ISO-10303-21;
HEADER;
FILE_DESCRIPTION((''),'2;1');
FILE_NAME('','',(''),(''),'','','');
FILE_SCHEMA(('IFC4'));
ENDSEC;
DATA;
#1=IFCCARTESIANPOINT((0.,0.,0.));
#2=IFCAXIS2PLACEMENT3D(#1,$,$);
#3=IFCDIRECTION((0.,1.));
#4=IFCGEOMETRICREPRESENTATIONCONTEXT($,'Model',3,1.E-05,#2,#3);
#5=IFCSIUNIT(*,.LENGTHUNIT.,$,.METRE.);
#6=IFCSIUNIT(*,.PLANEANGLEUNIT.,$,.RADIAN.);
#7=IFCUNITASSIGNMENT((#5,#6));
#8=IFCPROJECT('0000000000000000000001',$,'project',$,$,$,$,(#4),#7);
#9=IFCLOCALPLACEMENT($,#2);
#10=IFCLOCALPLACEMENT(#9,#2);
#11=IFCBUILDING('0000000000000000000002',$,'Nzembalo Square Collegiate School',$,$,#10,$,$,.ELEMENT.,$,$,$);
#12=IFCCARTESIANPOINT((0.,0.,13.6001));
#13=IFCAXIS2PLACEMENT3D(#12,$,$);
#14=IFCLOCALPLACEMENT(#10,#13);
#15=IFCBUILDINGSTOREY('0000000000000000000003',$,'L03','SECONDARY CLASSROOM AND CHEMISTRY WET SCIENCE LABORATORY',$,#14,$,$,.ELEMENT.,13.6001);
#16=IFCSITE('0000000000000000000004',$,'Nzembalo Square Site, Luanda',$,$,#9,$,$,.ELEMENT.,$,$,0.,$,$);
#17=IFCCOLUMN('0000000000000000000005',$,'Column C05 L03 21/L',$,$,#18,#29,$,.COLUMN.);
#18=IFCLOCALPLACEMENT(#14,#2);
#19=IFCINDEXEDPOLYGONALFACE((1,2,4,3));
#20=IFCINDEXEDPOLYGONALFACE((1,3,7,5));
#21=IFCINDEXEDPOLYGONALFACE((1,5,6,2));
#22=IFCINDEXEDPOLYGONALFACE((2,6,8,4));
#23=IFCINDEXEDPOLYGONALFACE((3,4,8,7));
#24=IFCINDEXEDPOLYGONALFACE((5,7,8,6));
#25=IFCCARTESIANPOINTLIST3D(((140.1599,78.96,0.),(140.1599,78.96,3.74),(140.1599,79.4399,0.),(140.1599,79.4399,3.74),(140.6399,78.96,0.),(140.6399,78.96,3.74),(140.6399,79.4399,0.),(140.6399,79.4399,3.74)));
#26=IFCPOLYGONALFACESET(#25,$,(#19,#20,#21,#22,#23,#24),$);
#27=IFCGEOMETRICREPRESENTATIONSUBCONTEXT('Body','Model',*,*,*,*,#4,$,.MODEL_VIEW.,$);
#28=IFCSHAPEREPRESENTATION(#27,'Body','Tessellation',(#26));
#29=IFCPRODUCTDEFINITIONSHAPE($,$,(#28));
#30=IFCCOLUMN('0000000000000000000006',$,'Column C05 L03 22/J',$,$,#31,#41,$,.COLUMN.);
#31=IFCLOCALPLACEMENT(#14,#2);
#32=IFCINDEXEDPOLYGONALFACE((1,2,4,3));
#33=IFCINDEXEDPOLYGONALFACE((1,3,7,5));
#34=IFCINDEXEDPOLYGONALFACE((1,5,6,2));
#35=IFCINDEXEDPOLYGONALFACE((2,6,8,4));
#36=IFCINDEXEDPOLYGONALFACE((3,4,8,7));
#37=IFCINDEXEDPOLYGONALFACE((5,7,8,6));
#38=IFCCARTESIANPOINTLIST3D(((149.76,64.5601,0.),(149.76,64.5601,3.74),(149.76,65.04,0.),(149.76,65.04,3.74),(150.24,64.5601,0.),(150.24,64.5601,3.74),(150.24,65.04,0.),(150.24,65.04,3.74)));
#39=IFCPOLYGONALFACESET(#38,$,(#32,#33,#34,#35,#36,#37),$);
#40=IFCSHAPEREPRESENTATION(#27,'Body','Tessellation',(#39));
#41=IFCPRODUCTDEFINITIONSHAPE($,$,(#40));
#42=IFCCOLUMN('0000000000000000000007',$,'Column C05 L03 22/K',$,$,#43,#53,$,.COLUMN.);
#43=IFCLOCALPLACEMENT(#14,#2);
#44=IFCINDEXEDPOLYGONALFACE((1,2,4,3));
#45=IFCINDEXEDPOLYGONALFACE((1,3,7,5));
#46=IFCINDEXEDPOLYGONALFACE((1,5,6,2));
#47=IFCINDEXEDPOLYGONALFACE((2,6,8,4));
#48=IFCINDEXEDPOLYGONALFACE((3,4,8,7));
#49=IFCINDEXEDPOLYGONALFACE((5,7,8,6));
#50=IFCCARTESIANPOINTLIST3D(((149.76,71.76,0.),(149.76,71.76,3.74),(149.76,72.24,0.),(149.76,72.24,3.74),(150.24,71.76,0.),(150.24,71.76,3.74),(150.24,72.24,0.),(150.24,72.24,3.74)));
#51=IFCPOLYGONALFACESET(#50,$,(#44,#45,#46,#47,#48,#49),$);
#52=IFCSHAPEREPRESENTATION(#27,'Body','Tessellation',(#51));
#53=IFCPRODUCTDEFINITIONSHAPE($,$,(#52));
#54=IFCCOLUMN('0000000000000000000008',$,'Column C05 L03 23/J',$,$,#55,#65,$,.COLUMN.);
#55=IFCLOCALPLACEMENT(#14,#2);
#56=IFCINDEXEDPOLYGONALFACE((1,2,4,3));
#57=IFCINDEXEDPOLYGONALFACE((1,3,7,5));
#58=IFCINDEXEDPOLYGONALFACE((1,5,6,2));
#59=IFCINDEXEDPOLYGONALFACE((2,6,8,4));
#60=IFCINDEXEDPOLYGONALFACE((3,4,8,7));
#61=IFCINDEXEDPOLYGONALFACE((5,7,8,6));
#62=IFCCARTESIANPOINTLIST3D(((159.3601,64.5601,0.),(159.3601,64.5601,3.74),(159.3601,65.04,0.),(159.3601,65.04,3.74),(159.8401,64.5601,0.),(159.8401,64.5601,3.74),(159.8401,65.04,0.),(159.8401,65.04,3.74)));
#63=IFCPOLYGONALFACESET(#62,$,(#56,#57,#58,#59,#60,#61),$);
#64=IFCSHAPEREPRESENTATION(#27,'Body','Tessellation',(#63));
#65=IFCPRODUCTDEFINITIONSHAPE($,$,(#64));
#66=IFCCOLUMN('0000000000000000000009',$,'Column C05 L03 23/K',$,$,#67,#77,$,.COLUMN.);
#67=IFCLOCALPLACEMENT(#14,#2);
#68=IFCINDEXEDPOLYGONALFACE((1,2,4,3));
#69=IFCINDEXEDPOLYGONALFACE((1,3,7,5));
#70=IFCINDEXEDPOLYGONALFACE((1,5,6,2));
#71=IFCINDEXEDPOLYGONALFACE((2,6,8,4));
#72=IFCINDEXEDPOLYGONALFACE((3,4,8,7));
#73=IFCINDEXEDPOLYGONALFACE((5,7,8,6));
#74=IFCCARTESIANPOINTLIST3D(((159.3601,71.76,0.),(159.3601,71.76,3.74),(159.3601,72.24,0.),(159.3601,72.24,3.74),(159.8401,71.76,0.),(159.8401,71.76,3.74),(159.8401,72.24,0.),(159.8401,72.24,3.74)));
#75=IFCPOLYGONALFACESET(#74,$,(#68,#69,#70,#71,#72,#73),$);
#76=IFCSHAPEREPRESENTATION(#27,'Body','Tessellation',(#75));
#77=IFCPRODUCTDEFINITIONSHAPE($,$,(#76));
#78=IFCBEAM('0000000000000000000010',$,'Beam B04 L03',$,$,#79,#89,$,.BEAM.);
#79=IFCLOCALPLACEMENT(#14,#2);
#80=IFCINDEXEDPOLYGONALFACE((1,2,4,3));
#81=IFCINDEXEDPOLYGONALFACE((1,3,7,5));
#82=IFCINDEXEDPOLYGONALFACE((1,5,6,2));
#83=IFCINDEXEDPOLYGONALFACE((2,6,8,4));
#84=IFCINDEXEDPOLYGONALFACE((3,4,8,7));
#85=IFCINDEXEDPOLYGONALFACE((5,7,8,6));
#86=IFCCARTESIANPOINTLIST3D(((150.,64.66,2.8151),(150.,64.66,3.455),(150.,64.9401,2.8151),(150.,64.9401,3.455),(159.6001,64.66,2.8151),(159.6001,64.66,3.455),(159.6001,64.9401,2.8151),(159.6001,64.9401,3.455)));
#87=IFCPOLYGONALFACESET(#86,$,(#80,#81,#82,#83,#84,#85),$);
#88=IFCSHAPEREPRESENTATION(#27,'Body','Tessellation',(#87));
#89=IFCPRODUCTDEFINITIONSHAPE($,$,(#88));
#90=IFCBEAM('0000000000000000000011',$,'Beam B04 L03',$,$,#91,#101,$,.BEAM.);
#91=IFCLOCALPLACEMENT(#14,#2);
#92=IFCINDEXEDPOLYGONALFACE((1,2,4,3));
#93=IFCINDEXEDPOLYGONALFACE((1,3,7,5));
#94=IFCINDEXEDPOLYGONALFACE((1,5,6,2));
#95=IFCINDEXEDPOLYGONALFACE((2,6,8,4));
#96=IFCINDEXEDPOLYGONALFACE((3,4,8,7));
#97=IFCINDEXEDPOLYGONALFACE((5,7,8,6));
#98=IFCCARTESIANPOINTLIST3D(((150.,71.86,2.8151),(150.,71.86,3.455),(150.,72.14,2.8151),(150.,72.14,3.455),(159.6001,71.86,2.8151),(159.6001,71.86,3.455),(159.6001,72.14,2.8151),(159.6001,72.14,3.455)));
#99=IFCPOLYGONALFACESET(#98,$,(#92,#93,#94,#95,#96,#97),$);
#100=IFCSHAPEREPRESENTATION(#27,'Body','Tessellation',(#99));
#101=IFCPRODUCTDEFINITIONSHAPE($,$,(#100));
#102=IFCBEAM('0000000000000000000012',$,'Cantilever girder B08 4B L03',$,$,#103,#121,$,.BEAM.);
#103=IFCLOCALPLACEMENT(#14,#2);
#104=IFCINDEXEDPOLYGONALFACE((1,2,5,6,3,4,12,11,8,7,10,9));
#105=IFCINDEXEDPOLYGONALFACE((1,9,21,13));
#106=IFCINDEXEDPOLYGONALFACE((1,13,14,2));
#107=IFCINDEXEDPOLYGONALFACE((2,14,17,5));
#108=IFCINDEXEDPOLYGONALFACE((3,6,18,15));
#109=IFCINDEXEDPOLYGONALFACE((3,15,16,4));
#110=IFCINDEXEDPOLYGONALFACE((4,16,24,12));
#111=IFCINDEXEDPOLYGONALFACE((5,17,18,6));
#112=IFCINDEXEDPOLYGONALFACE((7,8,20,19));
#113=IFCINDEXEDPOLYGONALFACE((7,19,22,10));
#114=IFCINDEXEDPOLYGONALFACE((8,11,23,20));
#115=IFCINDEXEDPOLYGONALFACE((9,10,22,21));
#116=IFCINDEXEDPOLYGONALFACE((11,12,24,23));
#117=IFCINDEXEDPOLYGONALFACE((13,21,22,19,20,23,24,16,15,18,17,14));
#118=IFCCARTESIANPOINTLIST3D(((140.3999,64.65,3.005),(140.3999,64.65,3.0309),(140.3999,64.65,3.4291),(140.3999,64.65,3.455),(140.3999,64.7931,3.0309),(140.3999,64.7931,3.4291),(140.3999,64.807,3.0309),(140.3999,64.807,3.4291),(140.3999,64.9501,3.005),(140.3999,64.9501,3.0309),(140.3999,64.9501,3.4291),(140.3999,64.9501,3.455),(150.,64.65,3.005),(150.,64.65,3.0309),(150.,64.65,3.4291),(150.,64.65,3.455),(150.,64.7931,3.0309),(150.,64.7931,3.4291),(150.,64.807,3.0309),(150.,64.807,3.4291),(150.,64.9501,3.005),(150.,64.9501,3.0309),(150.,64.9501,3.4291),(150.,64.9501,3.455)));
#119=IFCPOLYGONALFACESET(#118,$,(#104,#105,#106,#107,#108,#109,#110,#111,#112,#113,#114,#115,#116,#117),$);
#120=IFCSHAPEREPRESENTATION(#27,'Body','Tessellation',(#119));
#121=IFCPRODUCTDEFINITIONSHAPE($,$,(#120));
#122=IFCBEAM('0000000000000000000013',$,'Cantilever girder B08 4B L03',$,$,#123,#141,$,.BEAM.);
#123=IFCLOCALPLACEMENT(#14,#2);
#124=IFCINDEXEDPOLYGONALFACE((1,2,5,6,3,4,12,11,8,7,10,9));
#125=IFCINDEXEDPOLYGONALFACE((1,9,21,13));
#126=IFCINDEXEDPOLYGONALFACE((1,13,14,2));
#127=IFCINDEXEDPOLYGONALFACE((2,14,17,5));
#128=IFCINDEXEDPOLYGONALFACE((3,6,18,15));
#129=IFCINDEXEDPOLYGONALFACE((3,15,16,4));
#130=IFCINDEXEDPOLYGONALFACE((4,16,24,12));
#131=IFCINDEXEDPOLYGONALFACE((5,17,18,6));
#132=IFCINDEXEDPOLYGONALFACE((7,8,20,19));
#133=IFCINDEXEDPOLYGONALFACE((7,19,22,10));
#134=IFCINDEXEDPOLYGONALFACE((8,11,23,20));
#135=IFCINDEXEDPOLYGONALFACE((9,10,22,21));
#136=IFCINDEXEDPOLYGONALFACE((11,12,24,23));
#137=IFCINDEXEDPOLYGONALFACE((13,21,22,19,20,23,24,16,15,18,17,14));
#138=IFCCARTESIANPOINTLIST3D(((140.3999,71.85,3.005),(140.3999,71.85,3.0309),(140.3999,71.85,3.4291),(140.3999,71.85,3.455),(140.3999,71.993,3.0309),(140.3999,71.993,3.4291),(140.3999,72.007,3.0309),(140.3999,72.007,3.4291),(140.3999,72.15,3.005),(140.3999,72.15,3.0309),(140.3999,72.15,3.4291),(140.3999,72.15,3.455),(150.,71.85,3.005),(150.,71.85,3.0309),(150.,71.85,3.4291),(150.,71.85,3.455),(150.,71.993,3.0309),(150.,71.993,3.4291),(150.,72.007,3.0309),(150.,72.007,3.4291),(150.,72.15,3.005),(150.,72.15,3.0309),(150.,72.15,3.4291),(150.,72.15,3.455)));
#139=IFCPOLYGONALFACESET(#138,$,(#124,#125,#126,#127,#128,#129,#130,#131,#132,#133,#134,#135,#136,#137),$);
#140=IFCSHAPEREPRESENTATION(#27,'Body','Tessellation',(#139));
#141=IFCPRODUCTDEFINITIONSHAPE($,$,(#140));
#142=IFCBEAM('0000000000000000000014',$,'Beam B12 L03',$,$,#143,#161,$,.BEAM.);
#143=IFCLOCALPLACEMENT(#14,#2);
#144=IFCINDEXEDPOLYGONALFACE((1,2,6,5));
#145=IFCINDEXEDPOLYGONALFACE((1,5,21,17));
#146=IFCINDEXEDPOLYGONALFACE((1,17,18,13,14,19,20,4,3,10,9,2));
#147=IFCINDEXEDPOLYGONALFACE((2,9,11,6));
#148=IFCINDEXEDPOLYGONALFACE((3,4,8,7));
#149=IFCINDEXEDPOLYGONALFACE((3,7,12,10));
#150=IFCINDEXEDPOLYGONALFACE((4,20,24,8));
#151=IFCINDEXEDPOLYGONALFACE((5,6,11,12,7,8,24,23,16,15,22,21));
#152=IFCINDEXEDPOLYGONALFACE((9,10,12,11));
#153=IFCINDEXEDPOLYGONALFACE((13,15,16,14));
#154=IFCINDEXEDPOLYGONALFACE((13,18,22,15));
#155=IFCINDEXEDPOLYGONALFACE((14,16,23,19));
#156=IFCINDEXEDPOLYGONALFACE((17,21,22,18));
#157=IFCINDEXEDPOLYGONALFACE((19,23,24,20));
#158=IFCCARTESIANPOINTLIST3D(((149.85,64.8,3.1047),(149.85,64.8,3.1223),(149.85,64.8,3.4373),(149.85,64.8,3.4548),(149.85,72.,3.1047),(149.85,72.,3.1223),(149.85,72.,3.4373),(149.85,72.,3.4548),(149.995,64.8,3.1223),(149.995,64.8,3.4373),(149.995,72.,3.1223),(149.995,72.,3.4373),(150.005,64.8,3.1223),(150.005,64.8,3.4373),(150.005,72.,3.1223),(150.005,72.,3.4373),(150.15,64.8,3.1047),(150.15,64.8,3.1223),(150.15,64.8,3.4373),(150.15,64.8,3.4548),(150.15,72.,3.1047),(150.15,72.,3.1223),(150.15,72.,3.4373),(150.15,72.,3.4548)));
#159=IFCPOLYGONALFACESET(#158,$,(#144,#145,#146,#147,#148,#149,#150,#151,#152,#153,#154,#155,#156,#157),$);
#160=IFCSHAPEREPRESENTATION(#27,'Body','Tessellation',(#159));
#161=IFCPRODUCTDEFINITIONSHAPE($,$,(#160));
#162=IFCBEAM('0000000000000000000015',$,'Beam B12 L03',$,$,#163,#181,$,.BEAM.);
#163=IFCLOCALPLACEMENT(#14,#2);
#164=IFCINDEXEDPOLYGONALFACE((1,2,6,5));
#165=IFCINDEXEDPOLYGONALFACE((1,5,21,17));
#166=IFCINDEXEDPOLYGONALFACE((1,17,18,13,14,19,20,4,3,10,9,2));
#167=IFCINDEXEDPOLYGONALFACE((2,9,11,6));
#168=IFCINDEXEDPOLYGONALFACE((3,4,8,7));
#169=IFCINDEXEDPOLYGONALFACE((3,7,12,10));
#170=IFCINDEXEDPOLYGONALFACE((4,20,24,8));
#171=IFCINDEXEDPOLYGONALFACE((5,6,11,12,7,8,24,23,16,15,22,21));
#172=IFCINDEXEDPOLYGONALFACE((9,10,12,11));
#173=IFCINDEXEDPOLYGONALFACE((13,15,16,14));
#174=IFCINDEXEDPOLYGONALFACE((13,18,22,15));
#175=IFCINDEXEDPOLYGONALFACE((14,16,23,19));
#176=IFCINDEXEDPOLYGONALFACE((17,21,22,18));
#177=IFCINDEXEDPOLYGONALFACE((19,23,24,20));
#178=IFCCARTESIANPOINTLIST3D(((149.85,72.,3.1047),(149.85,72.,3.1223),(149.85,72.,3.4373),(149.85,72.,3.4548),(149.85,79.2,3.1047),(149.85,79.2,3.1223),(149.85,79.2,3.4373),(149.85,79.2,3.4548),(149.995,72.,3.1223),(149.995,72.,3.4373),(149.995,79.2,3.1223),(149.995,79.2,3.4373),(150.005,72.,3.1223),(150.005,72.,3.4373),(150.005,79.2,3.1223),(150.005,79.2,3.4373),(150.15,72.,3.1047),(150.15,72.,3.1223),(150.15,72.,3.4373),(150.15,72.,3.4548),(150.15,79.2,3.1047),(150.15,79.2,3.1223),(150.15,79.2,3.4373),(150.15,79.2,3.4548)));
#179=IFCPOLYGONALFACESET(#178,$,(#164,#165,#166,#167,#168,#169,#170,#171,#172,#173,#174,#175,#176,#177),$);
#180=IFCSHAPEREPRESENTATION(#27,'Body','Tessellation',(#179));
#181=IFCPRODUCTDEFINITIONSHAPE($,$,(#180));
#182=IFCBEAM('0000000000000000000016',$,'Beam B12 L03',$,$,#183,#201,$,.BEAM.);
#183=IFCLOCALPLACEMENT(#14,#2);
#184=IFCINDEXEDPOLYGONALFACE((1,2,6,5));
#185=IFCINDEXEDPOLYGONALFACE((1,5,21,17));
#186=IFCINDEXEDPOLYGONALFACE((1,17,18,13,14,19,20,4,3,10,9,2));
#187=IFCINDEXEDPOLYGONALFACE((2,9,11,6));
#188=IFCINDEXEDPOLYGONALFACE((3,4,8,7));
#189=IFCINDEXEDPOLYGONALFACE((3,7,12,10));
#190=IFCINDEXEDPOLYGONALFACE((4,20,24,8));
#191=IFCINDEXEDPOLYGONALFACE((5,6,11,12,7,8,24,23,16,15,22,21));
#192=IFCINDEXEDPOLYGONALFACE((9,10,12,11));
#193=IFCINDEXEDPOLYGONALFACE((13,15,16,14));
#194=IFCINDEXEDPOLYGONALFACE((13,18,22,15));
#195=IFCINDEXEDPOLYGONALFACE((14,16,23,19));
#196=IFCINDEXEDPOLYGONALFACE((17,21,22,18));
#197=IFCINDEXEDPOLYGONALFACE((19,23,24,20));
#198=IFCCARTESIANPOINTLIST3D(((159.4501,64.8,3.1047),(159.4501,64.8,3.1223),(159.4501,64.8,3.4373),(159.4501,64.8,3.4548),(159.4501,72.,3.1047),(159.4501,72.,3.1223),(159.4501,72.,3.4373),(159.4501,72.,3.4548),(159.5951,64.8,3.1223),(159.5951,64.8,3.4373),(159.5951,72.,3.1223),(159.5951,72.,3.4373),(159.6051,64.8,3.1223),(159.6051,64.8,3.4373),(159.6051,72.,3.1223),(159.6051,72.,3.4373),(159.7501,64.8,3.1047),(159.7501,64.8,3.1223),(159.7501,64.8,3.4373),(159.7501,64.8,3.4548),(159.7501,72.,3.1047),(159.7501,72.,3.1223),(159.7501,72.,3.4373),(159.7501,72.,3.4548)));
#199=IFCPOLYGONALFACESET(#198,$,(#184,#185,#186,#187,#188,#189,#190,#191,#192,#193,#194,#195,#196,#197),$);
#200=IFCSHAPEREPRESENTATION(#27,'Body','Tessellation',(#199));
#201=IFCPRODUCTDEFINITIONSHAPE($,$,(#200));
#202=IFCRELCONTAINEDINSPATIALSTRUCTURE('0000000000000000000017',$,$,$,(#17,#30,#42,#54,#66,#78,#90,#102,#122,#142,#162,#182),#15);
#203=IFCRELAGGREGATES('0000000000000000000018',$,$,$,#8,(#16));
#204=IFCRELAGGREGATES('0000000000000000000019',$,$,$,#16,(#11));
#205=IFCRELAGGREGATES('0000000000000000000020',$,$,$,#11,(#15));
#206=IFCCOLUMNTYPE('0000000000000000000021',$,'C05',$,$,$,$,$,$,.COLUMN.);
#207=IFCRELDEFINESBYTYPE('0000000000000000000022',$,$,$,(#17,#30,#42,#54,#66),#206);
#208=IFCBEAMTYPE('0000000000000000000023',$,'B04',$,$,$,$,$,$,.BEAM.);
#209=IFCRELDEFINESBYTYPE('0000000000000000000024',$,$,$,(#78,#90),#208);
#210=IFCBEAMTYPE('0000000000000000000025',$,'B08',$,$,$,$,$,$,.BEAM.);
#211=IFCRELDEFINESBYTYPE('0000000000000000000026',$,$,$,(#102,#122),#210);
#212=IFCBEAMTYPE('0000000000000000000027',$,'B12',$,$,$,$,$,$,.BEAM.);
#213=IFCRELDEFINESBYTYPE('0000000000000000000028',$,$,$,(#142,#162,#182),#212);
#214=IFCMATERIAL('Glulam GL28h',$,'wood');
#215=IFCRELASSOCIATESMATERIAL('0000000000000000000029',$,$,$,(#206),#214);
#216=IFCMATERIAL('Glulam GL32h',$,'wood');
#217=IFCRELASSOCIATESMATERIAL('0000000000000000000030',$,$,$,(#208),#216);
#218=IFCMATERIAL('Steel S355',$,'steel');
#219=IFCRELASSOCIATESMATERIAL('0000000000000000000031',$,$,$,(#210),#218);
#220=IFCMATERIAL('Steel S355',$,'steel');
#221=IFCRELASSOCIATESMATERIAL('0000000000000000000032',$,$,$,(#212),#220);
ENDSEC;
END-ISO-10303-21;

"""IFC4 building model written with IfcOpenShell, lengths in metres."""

from ifc_helpers import new_model, si_unit, direction, frame, origin, origin_2d, place, context, subcontext, project, spatial, rectangle, i_section, extrude, material, material_profile, profile_set, type_object, element, save


model = new_model("IFC4")

# Units and contexts
model_context = context("Model", 3, precision=1e-05, world=origin(), true_north=direction((0.0, 1.0)))
body_context = subcontext(model_context, "Body", "Model", "MODEL_VIEW")
ifc_project = project(units=[si_unit("LENGTHUNIT", "METRE"), si_unit("PLANEANGLEUNIT", "RADIAN")], contexts=[model_context])

# Site, building, storey
site_placement = place(None, origin())
site = spatial("IfcSite", under=ifc_project, at=site_placement, Name="Nzembalo Square Site, Luanda", CompositionType="ELEMENT", RefElevation=0.0)
building_placement = place(site_placement, origin())
building = spatial("IfcBuilding", under=site, at=building_placement, Name="Nzembalo Square Collegiate School", CompositionType="ELEMENT")
storey_placement = place(building_placement, frame((0.0, 0.0, 13.6001)))
storey = spatial("IfcBuildingStorey", under=building, at=storey_placement, Name="L03", Description="SECONDARY CLASSROOM AND CHEMISTRY WET SCIENCE LABORATORY", CompositionType="ELEMENT", Elevation=13.6001)

# Columns
ifc_material_1 = material(Name="Glulam GL28h", Category="wood")
ifc_material_profile_1 = material_profile(ifc_material_1, rectangle(XDim=0.48, YDim=0.48, at=origin_2d()), Name="GL28h 480x480")
ifc_profile_set_1 = profile_set([ifc_material_profile_1], Name="Glulam GL28h")
column_type = type_object("IfcColumnType", Name="C05", PredefinedType="COLUMN", material=ifc_profile_set_1)
for number, where, z_axis, x_axis, name in (
    (1, (140.3999, 79.2, 0.0), (0.0, 0.0, 1.0), (1.0, 0.0, 0.0), "Column C05 L03 21/L"),
    (2, (150.0, 64.8, 0.0), (0.0, 0.0, 1.0), (1.0, 0.0, 0.0), "Column C05 L03 22/J"),
    (3, (150.0, 72.0, 0.0), (0.0, 0.0, 1.0), (1.0, 0.0, 0.0), "Column C05 L03 22/K"),
    (4, (159.6001, 64.8, 0.0), (0.0, 0.0, 1.0), (1.0, 0.0, 0.0), "Column C05 L03 23/J"),
    (5, (159.6001, 72.0, 0.0), (0.0, 0.0, 1.0), (1.0, 0.0, 0.0), "Column C05 L03 23/K"),
):
    element("IfcColumn", number, at=place(storey_placement, frame(where, z_axis=z_axis, x_axis=x_axis)), inside=storey, type_object=column_type, Name=name, PredefinedType="COLUMN", context=body_context, shape_type="SweptSolid", body=[
        extrude(rectangle(XDim=0.48, YDim=0.48, at=origin_2d()), origin(), (0.0, 0.0, 1.0), 3.74),
    ])

# Beams
ifc_material_2 = material(Name="Glulam GL32h", Category="wood")
ifc_material_profile_2 = material_profile(ifc_material_2, rectangle(XDim=0.28, YDim=0.6399, at=origin_2d()), Name="GL32h 280x640")
ifc_profile_set_2 = profile_set([ifc_material_profile_2], Name="Glulam GL32h")
beam_type_1 = type_object("IfcBeamType", Name="B04", PredefinedType="BEAM", material=ifc_profile_set_2)
for number, where, z_axis, x_axis, name in (
    (6, (150.0, 64.8, 3.135), (1.0, 0.0, 0.0), (0.0, 1.0, 0.0), "Beam B04 L03"),
    (7, (150.0, 72.0, 3.135), (1.0, 0.0, 0.0), (0.0, 1.0, 0.0), "Beam B04 L03"),
):
    element("IfcBeam", number, at=place(storey_placement, frame(where, z_axis=z_axis, x_axis=x_axis)), inside=storey, type_object=beam_type_1, Name=name, PredefinedType="BEAM", context=body_context, shape_type="SweptSolid", body=[
        extrude(rectangle(XDim=0.28, YDim=0.6399, at=origin_2d()), origin(), (0.0, 0.0, 1.0), 9.6001),
    ])
ifc_material_3 = material(Name="Steel S355", Category="steel")
ifc_material_profile_3 = material_profile(ifc_material_3, i_section(OverallWidth=0.3, OverallDepth=0.45, WebThickness=0.0139, FlangeThickness=0.0259, at=origin_2d()), Name="HEB 450")
ifc_profile_set_3 = profile_set([ifc_material_profile_3], Name="Steel S355")
beam_type_2 = type_object("IfcBeamType", Name="B08", PredefinedType="BEAM", material=ifc_profile_set_3)
for number, where, z_axis, x_axis, name in (
    (8, (150.0, 64.8, 3.23), (-1.0, 0.0, 0.0), (0.0, -1.0, 0.0), "Cantilever girder B08 4B L03"),
    (9, (150.0, 72.0, 3.23), (-1.0, 0.0, 0.0), (0.0, -1.0, 0.0), "Cantilever girder B08 4B L03"),
):
    element("IfcBeam", number, at=place(storey_placement, frame(where, z_axis=z_axis, x_axis=x_axis)), inside=storey, type_object=beam_type_2, Name=name, PredefinedType="BEAM", context=body_context, shape_type="SweptSolid", body=[
        extrude(i_section(OverallWidth=0.3, OverallDepth=0.45, WebThickness=0.0139, FlangeThickness=0.0259, at=origin_2d()), origin(), (0.0, 0.0, 1.0), 9.6001),
    ])
ifc_material_4 = material(Name="Steel S355", Category="steel")
ifc_material_profile_4 = material_profile(ifc_material_4, i_section(OverallWidth=0.3, OverallDepth=0.3501, WebThickness=0.01, FlangeThickness=0.0176, at=origin_2d()), Name="HEA 360")
ifc_profile_set_4 = profile_set([ifc_material_profile_4], Name="Steel S355")
beam_type_3 = type_object("IfcBeamType", Name="B12", PredefinedType="BEAM", material=ifc_profile_set_4)
for number, where, z_axis, x_axis, name in (
    (10, (150.0, 64.8, 3.2798), (0.0, 1.0, 0.0), (-1.0, 0.0, 0.0), "Beam B12 L03"),
    (11, (150.0, 72.0, 3.2798), (0.0, 1.0, 0.0), (-1.0, 0.0, 0.0), "Beam B12 L03"),
    (12, (159.6001, 64.8, 3.2798), (0.0, 1.0, 0.0), (-1.0, 0.0, 0.0), "Beam B12 L03"),
):
    element("IfcBeam", number, at=place(storey_placement, frame(where, z_axis=z_axis, x_axis=x_axis)), inside=storey, type_object=beam_type_3, Name=name, PredefinedType="BEAM", context=body_context, shape_type="SweptSolid", body=[
        extrude(i_section(OverallWidth=0.3, OverallDepth=0.3501, WebThickness=0.01, FlangeThickness=0.0176, at=origin_2d()), origin(), (0.0, 0.0, 1.0), 7.2),
    ])

save(model, "model.ifc")
